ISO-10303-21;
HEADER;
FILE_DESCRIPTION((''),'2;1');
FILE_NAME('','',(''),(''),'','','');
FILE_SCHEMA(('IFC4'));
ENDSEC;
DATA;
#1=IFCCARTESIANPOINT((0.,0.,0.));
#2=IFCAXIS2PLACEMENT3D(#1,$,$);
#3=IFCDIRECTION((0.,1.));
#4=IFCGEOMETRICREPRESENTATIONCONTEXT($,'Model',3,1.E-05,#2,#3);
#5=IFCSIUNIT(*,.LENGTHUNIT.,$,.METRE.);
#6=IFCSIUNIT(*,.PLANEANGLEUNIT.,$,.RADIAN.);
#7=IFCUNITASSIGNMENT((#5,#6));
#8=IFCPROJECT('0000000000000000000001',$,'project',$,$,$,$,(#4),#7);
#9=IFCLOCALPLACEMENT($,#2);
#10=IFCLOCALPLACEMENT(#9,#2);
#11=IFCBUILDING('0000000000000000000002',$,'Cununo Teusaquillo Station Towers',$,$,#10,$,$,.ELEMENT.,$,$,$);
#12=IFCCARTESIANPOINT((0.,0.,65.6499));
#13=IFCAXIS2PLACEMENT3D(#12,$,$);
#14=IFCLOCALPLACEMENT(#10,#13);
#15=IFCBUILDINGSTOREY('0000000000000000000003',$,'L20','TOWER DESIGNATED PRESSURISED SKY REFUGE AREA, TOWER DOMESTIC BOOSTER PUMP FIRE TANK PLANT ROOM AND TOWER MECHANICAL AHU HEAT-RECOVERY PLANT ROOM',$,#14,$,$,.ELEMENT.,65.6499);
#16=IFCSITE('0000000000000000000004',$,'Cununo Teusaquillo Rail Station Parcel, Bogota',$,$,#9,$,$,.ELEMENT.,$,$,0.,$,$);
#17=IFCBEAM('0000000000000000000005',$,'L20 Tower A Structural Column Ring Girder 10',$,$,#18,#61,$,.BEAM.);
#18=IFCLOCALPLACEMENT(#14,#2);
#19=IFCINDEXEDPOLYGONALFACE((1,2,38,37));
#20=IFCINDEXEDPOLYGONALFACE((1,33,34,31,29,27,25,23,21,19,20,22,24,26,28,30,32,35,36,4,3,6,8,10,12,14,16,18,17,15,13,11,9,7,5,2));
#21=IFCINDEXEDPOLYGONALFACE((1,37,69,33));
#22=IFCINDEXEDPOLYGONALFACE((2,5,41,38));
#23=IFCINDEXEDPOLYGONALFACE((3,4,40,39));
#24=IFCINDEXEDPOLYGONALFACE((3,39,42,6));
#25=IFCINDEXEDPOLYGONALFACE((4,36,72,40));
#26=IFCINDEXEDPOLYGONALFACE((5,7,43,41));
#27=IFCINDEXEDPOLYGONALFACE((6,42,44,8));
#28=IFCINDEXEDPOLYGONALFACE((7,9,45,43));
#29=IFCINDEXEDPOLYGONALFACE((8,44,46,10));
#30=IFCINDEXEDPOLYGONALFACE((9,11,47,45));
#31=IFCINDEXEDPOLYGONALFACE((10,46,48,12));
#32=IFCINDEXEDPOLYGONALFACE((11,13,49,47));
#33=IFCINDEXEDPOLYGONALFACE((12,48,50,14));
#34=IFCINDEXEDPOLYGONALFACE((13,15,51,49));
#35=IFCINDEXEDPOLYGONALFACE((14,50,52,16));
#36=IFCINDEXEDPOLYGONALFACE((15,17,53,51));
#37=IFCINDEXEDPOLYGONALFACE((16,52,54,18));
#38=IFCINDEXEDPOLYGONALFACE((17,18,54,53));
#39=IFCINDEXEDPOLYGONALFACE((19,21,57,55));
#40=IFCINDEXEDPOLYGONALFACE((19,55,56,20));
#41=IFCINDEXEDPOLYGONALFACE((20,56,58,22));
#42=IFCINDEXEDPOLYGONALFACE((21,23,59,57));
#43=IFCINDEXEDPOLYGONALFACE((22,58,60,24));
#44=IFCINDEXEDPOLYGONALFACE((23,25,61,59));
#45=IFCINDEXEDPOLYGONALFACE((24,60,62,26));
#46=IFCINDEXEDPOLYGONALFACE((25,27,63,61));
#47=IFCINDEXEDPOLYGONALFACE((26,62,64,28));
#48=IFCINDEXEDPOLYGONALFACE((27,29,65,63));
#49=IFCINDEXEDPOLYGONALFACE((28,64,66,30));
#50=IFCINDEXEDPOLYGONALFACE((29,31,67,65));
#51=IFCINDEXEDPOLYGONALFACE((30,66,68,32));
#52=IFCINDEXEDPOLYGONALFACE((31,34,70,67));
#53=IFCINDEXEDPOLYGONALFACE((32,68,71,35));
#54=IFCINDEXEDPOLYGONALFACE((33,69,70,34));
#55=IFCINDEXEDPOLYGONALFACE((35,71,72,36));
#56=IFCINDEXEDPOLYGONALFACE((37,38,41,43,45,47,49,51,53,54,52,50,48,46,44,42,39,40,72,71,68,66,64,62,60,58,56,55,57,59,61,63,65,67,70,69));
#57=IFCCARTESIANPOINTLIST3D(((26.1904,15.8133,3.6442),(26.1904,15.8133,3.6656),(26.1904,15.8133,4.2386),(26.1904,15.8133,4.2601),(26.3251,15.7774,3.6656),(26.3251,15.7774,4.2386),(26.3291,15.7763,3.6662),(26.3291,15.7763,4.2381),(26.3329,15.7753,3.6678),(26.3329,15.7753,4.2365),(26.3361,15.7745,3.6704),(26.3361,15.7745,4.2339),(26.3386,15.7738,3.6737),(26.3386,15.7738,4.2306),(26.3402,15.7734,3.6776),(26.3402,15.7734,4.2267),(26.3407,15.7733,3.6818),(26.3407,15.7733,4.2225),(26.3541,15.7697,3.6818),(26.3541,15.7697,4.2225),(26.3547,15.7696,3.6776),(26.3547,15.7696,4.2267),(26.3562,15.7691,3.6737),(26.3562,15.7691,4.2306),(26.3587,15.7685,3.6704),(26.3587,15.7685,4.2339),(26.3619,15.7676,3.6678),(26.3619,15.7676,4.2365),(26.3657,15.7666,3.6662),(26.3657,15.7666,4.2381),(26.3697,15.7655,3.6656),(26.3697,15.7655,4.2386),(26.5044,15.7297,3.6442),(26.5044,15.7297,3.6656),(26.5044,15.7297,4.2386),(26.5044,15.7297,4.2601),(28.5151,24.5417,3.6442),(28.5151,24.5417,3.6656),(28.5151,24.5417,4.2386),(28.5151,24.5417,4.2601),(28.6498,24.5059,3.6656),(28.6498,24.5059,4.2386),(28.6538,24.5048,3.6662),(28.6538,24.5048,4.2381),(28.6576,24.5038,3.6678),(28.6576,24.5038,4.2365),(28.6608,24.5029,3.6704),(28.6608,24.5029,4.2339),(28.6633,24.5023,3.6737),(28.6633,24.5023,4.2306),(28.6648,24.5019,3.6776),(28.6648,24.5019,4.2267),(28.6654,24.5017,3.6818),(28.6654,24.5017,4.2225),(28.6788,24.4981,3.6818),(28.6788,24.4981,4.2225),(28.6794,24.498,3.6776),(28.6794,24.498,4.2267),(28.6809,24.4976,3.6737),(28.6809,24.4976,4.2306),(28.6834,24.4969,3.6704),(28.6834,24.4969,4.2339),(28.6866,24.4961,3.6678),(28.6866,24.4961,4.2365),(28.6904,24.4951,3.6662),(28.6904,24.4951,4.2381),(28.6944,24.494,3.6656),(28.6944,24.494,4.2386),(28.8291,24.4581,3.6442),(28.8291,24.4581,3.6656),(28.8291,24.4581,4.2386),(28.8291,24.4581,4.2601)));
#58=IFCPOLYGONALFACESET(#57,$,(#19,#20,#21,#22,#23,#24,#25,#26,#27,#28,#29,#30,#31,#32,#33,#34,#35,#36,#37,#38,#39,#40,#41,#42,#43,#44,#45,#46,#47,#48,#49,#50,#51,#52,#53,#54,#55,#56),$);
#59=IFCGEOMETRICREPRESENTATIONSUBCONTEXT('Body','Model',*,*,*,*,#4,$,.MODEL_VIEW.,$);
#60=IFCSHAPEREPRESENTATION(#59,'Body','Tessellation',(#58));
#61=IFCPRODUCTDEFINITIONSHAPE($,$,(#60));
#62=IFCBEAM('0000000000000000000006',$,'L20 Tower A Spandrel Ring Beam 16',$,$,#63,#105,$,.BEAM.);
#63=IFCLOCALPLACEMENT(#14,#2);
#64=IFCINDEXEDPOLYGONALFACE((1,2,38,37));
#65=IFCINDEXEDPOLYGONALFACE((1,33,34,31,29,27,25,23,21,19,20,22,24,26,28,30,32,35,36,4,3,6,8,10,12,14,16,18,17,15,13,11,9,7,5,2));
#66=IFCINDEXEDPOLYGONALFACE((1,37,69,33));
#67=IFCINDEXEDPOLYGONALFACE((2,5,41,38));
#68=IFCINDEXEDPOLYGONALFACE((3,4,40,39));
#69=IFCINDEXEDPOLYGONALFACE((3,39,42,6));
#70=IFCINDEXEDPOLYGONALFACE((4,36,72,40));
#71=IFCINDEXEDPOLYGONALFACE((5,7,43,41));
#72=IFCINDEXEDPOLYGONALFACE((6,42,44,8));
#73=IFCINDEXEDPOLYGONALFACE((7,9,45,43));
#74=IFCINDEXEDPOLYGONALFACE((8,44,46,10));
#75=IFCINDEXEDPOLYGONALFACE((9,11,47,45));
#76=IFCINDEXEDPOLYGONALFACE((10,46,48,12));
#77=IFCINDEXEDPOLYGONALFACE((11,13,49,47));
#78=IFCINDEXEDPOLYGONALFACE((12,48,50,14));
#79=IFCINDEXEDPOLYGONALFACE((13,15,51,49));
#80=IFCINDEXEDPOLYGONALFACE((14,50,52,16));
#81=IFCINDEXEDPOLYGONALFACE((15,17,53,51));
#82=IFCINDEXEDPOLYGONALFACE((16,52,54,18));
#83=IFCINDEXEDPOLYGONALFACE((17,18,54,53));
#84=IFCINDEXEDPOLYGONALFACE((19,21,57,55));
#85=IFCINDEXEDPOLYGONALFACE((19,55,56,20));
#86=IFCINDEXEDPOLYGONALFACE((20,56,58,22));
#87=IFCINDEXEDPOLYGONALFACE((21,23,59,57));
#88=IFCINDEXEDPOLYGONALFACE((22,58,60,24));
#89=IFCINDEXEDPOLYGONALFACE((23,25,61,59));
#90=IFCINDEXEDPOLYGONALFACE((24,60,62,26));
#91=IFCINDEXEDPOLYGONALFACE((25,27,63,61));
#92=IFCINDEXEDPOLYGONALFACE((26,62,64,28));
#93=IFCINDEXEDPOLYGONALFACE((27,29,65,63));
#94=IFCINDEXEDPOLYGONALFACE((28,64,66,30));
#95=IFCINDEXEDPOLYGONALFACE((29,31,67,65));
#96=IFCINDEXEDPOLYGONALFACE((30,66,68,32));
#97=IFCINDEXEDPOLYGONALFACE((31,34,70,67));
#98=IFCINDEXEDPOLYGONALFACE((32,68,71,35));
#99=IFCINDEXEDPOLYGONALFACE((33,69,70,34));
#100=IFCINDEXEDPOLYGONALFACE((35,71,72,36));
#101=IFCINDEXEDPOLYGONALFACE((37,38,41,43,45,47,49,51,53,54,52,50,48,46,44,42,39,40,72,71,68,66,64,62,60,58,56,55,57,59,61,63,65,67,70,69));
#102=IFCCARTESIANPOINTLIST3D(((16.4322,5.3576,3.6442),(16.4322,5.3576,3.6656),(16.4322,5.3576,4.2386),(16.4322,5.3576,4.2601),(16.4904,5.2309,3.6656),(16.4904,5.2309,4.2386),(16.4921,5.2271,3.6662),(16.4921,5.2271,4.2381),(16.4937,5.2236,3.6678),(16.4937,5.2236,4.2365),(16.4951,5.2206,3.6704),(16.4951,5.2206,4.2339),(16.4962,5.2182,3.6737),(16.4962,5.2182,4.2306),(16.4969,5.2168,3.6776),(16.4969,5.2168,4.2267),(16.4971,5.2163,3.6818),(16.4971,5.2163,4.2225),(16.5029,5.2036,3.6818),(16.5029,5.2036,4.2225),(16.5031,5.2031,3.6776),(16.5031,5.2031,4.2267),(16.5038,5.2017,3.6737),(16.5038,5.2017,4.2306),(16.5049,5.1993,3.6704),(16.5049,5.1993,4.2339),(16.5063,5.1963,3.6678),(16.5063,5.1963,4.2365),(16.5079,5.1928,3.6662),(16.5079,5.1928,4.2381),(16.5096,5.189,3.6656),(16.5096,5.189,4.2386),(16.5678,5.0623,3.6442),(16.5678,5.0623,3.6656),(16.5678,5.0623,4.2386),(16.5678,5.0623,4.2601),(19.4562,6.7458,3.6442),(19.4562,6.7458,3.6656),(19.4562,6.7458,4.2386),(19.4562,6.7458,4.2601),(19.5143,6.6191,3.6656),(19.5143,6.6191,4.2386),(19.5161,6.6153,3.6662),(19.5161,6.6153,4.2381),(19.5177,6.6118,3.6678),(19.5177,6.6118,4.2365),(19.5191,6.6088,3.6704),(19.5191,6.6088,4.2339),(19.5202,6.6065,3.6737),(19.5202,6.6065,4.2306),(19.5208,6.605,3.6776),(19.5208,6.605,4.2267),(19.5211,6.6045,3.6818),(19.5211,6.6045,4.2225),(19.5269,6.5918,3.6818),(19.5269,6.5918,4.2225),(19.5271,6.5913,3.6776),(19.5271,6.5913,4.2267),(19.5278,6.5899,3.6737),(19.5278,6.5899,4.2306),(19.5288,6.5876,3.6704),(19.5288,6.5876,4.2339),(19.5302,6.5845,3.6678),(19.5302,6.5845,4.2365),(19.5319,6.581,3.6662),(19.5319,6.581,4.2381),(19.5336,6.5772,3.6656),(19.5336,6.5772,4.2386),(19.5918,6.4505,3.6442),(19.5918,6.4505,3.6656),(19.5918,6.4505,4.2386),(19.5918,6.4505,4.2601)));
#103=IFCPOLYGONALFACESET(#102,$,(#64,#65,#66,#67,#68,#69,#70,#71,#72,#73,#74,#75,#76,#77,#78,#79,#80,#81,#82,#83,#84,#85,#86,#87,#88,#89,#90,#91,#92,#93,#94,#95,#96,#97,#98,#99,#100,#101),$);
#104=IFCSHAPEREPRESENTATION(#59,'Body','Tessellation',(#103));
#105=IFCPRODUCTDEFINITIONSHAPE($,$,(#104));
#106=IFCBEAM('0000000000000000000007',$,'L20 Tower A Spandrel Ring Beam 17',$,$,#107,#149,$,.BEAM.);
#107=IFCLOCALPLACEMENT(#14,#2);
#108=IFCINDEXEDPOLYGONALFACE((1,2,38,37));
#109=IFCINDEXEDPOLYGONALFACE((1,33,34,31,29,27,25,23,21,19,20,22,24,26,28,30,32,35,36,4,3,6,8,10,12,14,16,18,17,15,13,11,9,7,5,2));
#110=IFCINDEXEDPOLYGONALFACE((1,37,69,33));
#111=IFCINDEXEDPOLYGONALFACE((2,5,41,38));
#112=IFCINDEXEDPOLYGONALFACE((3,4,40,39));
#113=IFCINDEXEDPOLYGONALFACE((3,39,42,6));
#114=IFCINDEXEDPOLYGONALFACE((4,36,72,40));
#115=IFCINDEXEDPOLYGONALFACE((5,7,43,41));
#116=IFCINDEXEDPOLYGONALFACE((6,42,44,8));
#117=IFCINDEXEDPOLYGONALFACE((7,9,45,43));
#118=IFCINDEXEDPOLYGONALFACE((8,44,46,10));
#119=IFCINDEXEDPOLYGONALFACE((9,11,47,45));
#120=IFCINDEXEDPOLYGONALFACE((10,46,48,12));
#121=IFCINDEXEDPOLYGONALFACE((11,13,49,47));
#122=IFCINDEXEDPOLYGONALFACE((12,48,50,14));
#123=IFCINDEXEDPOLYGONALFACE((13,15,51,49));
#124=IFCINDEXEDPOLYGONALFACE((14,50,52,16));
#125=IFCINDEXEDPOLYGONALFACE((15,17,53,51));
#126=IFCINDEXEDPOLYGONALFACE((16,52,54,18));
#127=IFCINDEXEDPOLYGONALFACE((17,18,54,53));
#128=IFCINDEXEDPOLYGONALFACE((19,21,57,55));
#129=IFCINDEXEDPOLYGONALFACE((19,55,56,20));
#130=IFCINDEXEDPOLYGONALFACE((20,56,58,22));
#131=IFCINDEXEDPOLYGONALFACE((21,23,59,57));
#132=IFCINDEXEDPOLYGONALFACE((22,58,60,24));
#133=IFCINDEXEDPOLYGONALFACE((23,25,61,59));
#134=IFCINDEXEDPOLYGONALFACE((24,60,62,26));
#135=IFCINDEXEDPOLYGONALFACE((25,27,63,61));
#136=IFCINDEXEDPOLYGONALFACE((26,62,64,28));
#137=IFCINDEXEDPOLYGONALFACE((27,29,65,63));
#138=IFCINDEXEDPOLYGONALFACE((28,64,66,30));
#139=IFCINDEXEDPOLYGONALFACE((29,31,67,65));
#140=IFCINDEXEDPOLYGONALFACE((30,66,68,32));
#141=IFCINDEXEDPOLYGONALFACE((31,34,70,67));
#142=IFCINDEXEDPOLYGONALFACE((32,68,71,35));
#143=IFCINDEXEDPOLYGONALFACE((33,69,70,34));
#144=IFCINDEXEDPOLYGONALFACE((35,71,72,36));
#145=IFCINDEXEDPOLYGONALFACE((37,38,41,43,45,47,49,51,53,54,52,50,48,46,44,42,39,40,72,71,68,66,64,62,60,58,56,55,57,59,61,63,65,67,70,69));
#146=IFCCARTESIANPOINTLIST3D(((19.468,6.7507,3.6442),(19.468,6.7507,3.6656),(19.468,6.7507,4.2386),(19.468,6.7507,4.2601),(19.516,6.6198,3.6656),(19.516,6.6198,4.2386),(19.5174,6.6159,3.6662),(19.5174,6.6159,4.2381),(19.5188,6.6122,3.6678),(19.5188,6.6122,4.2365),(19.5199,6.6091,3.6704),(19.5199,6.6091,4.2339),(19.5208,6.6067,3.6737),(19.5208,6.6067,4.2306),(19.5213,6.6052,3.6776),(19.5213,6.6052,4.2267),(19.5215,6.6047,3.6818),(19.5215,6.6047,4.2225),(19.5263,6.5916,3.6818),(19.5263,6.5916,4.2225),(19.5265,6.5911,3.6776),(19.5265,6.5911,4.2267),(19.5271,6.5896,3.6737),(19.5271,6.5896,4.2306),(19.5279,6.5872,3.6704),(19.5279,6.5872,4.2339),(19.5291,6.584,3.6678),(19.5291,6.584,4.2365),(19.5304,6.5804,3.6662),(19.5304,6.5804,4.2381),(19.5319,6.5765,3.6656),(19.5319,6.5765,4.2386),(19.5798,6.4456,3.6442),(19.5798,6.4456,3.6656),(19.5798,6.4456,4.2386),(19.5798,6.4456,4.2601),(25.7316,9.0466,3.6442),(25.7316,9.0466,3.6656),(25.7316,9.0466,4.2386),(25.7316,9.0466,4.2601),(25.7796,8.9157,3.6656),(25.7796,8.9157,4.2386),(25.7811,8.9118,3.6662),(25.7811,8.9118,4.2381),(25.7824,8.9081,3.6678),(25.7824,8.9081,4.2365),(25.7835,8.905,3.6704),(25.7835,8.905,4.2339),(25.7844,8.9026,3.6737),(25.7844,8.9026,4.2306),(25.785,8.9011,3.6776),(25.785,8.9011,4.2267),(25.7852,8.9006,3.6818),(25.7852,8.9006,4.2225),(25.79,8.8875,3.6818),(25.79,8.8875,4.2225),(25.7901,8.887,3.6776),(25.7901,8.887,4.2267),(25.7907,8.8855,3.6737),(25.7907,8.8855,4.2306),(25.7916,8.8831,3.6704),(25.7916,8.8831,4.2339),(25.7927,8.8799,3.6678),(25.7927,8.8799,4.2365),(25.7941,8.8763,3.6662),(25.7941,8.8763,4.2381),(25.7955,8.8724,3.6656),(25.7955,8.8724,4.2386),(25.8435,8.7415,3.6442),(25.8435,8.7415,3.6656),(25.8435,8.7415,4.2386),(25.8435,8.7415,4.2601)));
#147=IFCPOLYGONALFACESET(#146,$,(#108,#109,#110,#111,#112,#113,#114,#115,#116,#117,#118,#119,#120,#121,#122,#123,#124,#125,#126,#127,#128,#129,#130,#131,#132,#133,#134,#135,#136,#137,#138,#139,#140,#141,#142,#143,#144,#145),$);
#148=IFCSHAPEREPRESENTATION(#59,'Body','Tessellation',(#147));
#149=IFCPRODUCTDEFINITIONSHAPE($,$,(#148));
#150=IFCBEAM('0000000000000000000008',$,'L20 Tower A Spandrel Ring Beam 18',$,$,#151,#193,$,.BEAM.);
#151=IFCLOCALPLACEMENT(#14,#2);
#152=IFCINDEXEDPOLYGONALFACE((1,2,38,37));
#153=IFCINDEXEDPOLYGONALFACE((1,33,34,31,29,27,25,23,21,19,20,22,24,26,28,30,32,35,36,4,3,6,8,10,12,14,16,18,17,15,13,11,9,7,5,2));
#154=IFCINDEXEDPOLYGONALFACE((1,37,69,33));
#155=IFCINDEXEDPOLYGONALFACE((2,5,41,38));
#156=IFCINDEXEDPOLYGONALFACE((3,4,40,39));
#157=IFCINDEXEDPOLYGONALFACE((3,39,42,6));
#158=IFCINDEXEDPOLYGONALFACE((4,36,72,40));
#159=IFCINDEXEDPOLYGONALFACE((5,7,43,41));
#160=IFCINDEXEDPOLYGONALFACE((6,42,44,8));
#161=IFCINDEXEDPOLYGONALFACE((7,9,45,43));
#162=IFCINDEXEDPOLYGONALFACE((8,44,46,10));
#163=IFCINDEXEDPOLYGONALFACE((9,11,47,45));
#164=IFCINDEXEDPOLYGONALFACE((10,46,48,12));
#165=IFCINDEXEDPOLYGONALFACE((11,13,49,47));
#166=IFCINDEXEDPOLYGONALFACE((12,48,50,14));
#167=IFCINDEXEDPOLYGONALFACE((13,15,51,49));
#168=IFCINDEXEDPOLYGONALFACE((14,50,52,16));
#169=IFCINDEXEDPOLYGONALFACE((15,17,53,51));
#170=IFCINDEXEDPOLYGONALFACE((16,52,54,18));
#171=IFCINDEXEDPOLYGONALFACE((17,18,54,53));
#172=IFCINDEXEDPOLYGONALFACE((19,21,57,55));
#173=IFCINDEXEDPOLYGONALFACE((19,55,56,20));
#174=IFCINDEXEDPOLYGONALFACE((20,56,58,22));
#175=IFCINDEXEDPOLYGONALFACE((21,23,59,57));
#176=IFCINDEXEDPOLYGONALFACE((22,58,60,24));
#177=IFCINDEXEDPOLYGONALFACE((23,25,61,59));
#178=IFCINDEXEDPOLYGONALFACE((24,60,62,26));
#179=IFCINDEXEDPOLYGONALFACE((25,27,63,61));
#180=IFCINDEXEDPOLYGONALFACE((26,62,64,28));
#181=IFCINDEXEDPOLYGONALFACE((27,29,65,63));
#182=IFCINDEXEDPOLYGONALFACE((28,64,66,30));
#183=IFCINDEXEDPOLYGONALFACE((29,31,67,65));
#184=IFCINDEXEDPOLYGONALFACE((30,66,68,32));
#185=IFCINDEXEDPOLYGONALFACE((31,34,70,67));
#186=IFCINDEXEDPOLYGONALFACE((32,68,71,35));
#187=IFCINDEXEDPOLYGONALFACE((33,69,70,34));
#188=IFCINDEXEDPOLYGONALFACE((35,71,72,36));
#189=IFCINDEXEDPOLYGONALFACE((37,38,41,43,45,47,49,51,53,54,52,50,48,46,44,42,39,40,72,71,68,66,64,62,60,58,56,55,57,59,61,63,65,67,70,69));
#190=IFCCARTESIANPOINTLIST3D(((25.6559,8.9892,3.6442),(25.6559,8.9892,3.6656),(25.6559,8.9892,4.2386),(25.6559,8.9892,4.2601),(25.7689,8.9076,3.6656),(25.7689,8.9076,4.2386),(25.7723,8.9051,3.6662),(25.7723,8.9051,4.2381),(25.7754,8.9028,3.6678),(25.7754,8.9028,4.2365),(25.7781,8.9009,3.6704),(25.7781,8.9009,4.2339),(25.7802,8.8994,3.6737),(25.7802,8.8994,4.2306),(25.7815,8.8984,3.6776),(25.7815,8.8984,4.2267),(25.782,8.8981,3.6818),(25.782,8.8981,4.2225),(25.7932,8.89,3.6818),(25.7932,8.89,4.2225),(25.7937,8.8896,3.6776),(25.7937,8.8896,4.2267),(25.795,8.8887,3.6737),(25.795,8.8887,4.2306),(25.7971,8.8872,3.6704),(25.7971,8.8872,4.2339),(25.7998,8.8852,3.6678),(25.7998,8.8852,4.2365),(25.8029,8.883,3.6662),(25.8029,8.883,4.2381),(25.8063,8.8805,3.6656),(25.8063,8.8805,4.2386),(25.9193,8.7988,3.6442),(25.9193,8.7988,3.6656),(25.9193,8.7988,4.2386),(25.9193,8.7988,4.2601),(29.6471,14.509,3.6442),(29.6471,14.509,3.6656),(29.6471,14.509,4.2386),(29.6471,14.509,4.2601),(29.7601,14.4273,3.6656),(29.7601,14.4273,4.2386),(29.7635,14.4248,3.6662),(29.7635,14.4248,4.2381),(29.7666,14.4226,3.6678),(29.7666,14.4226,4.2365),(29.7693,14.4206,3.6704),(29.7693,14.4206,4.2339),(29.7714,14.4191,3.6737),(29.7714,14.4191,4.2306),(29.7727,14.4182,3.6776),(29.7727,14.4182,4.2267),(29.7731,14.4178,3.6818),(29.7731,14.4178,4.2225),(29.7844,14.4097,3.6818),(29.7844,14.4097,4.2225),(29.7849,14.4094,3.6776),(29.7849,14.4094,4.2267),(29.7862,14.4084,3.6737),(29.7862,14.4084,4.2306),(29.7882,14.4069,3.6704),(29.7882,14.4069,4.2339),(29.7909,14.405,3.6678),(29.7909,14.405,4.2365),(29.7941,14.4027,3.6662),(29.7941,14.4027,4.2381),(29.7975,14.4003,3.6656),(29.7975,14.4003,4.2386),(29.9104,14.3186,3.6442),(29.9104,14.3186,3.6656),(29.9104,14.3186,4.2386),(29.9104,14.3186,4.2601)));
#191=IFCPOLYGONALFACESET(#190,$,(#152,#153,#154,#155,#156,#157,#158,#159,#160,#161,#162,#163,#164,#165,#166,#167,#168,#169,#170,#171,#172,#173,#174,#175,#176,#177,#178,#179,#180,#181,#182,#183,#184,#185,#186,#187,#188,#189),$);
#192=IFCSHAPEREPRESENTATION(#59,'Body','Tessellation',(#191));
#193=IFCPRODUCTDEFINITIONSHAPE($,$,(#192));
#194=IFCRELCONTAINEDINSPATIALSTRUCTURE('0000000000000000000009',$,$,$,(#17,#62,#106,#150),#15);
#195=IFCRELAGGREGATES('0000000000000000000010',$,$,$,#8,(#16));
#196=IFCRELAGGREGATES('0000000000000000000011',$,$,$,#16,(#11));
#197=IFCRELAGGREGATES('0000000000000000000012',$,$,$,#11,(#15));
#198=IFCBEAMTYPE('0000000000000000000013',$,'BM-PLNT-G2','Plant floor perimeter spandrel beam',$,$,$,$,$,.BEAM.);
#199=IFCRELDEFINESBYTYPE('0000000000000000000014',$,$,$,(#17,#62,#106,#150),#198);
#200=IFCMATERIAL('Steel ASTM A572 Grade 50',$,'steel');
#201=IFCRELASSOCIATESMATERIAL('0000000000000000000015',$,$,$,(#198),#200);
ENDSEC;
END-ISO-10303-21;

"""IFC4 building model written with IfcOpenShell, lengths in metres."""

from ifc_helpers import new_model, si_unit, direction, frame, origin, origin_2d, place, context, subcontext, project, spatial, i_section, extrude, material, material_profile, profile_set, type_object, element, save


model = new_model("IFC4")

# Units and contexts
model_context = context("Model", 3, precision=1e-05, world=origin(), true_north=direction((0.0, 1.0)))
body_context = subcontext(model_context, "Body", "Model", "MODEL_VIEW")
ifc_project = project(units=[si_unit("LENGTHUNIT", "METRE"), si_unit("PLANEANGLEUNIT", "RADIAN")], contexts=[model_context])

# Site, building, storey
site_placement = place(None, origin())
site = spatial("IfcSite", under=ifc_project, at=site_placement, Name="Cununo Teusaquillo Rail Station Parcel, Bogota", CompositionType="ELEMENT", RefElevation=0.0)
building_placement = place(site_placement, origin())
building = spatial("IfcBuilding", under=site, at=building_placement, Name="Cununo Teusaquillo Station Towers", CompositionType="ELEMENT")
storey_placement = place(building_placement, frame((0.0, 0.0, 65.6499)))
storey = spatial("IfcBuildingStorey", under=building, at=storey_placement, Name="L20", Description="TOWER DESIGNATED PRESSURISED SKY REFUGE AREA, TOWER DOMESTIC BOOSTER PUMP FIRE TANK PLANT ROOM AND TOWER MECHANICAL AHU HEAT-RECOVERY PLANT ROOM", CompositionType="ELEMENT", Elevation=65.6499)

# Beams
ifc_material_1 = material(Name="Steel ASTM A572 Grade 50", Category="steel")
ifc_material_profile_1 = material_profile(ifc_material_1, i_section(OverallWidth=0.325, OverallDepth=0.616, WebThickness=0.0139, FlangeThickness=0.0215, FilletRadius=0.0161, at=origin_2d()), Name="W24X117")
ifc_profile_set_1 = profile_set([ifc_material_profile_1], Name="Steel ASTM A572 Grade 50")
beam_type_1 = type_object("IfcBeamType", Name="BM-PLNT-G2", Description="Plant floor perimeter spandrel beam", PredefinedType="BEAM", material=ifc_profile_set_1)
beam_1_placement = place(storey_placement, frame((26.3474, 15.7715, 3.9521), z_axis=(0.257363, 0.966315, 0.0), x_axis=(-0.966315, 0.257363, 0.0)))
element("IfcBeam", 1, at=beam_1_placement, inside=storey, type_object=beam_type_1, Name="L20 Tower A Structural Column Ring Girder 10", PredefinedType="BEAM", context=body_context, shape_type="SweptSolid", body=[
    extrude(i_section(OverallWidth=0.325, OverallDepth=0.616, WebThickness=0.0139, FlangeThickness=0.0215, FilletRadius=0.0161, at=origin_2d()), origin(), (0.0, 0.0, 1.0), 9.0327),
])
beam_2_placement = place(storey_placement, frame((16.5, 5.21, 3.9521), z_axis=(0.908812, 0.417205, 0.0), x_axis=(-0.417205, 0.908812, 0.0)))
element("IfcBeam", 2, at=beam_2_placement, inside=storey, type_object=beam_type_1, Name="L20 Tower A Spandrel Ring Beam 16", PredefinedType="BEAM", context=body_context, shape_type="SweptSolid", body=[
    extrude(i_section(OverallWidth=0.325, OverallDepth=0.616, WebThickness=0.0139, FlangeThickness=0.0215, FilletRadius=0.0161, at=origin_2d()), origin(), (0.0, 0.0, 1.0), 3.3274),
])
beam_3_placement = place(storey_placement, frame((19.5239, 6.5981, 3.9521), z_axis=(0.938914, 0.344151, 0.0), x_axis=(-0.344151, 0.938914, 0.0)))
element("IfcBeam", 3, at=beam_3_placement, inside=storey, type_object=beam_type_1, Name="L20 Tower A Spandrel Ring Beam 17", PredefinedType="BEAM", context=body_context, shape_type="SweptSolid", body=[
    extrude(i_section(OverallWidth=0.325, OverallDepth=0.616, WebThickness=0.0139, FlangeThickness=0.0215, FilletRadius=0.0161, at=origin_2d()), origin(), (0.0, 0.0, 1.0), 6.6711),
])
beam_4_placement = place(storey_placement, frame((25.7876, 8.894, 3.9521), z_axis=(0.585945, 0.810351, 0.0), x_axis=(-0.810351, 0.585945, 0.0)))
element("IfcBeam", 4, at=beam_4_placement, inside=storey, type_object=beam_type_1, Name="L20 Tower A Spandrel Ring Beam 18", PredefinedType="BEAM", context=body_context, shape_type="SweptSolid", body=[
    extrude(i_section(OverallWidth=0.325, OverallDepth=0.616, WebThickness=0.0139, FlangeThickness=0.0215, FilletRadius=0.0161, at=origin_2d()), origin(), (0.0, 0.0, 1.0), 6.8115),
])

save(model, "model.ifc")
